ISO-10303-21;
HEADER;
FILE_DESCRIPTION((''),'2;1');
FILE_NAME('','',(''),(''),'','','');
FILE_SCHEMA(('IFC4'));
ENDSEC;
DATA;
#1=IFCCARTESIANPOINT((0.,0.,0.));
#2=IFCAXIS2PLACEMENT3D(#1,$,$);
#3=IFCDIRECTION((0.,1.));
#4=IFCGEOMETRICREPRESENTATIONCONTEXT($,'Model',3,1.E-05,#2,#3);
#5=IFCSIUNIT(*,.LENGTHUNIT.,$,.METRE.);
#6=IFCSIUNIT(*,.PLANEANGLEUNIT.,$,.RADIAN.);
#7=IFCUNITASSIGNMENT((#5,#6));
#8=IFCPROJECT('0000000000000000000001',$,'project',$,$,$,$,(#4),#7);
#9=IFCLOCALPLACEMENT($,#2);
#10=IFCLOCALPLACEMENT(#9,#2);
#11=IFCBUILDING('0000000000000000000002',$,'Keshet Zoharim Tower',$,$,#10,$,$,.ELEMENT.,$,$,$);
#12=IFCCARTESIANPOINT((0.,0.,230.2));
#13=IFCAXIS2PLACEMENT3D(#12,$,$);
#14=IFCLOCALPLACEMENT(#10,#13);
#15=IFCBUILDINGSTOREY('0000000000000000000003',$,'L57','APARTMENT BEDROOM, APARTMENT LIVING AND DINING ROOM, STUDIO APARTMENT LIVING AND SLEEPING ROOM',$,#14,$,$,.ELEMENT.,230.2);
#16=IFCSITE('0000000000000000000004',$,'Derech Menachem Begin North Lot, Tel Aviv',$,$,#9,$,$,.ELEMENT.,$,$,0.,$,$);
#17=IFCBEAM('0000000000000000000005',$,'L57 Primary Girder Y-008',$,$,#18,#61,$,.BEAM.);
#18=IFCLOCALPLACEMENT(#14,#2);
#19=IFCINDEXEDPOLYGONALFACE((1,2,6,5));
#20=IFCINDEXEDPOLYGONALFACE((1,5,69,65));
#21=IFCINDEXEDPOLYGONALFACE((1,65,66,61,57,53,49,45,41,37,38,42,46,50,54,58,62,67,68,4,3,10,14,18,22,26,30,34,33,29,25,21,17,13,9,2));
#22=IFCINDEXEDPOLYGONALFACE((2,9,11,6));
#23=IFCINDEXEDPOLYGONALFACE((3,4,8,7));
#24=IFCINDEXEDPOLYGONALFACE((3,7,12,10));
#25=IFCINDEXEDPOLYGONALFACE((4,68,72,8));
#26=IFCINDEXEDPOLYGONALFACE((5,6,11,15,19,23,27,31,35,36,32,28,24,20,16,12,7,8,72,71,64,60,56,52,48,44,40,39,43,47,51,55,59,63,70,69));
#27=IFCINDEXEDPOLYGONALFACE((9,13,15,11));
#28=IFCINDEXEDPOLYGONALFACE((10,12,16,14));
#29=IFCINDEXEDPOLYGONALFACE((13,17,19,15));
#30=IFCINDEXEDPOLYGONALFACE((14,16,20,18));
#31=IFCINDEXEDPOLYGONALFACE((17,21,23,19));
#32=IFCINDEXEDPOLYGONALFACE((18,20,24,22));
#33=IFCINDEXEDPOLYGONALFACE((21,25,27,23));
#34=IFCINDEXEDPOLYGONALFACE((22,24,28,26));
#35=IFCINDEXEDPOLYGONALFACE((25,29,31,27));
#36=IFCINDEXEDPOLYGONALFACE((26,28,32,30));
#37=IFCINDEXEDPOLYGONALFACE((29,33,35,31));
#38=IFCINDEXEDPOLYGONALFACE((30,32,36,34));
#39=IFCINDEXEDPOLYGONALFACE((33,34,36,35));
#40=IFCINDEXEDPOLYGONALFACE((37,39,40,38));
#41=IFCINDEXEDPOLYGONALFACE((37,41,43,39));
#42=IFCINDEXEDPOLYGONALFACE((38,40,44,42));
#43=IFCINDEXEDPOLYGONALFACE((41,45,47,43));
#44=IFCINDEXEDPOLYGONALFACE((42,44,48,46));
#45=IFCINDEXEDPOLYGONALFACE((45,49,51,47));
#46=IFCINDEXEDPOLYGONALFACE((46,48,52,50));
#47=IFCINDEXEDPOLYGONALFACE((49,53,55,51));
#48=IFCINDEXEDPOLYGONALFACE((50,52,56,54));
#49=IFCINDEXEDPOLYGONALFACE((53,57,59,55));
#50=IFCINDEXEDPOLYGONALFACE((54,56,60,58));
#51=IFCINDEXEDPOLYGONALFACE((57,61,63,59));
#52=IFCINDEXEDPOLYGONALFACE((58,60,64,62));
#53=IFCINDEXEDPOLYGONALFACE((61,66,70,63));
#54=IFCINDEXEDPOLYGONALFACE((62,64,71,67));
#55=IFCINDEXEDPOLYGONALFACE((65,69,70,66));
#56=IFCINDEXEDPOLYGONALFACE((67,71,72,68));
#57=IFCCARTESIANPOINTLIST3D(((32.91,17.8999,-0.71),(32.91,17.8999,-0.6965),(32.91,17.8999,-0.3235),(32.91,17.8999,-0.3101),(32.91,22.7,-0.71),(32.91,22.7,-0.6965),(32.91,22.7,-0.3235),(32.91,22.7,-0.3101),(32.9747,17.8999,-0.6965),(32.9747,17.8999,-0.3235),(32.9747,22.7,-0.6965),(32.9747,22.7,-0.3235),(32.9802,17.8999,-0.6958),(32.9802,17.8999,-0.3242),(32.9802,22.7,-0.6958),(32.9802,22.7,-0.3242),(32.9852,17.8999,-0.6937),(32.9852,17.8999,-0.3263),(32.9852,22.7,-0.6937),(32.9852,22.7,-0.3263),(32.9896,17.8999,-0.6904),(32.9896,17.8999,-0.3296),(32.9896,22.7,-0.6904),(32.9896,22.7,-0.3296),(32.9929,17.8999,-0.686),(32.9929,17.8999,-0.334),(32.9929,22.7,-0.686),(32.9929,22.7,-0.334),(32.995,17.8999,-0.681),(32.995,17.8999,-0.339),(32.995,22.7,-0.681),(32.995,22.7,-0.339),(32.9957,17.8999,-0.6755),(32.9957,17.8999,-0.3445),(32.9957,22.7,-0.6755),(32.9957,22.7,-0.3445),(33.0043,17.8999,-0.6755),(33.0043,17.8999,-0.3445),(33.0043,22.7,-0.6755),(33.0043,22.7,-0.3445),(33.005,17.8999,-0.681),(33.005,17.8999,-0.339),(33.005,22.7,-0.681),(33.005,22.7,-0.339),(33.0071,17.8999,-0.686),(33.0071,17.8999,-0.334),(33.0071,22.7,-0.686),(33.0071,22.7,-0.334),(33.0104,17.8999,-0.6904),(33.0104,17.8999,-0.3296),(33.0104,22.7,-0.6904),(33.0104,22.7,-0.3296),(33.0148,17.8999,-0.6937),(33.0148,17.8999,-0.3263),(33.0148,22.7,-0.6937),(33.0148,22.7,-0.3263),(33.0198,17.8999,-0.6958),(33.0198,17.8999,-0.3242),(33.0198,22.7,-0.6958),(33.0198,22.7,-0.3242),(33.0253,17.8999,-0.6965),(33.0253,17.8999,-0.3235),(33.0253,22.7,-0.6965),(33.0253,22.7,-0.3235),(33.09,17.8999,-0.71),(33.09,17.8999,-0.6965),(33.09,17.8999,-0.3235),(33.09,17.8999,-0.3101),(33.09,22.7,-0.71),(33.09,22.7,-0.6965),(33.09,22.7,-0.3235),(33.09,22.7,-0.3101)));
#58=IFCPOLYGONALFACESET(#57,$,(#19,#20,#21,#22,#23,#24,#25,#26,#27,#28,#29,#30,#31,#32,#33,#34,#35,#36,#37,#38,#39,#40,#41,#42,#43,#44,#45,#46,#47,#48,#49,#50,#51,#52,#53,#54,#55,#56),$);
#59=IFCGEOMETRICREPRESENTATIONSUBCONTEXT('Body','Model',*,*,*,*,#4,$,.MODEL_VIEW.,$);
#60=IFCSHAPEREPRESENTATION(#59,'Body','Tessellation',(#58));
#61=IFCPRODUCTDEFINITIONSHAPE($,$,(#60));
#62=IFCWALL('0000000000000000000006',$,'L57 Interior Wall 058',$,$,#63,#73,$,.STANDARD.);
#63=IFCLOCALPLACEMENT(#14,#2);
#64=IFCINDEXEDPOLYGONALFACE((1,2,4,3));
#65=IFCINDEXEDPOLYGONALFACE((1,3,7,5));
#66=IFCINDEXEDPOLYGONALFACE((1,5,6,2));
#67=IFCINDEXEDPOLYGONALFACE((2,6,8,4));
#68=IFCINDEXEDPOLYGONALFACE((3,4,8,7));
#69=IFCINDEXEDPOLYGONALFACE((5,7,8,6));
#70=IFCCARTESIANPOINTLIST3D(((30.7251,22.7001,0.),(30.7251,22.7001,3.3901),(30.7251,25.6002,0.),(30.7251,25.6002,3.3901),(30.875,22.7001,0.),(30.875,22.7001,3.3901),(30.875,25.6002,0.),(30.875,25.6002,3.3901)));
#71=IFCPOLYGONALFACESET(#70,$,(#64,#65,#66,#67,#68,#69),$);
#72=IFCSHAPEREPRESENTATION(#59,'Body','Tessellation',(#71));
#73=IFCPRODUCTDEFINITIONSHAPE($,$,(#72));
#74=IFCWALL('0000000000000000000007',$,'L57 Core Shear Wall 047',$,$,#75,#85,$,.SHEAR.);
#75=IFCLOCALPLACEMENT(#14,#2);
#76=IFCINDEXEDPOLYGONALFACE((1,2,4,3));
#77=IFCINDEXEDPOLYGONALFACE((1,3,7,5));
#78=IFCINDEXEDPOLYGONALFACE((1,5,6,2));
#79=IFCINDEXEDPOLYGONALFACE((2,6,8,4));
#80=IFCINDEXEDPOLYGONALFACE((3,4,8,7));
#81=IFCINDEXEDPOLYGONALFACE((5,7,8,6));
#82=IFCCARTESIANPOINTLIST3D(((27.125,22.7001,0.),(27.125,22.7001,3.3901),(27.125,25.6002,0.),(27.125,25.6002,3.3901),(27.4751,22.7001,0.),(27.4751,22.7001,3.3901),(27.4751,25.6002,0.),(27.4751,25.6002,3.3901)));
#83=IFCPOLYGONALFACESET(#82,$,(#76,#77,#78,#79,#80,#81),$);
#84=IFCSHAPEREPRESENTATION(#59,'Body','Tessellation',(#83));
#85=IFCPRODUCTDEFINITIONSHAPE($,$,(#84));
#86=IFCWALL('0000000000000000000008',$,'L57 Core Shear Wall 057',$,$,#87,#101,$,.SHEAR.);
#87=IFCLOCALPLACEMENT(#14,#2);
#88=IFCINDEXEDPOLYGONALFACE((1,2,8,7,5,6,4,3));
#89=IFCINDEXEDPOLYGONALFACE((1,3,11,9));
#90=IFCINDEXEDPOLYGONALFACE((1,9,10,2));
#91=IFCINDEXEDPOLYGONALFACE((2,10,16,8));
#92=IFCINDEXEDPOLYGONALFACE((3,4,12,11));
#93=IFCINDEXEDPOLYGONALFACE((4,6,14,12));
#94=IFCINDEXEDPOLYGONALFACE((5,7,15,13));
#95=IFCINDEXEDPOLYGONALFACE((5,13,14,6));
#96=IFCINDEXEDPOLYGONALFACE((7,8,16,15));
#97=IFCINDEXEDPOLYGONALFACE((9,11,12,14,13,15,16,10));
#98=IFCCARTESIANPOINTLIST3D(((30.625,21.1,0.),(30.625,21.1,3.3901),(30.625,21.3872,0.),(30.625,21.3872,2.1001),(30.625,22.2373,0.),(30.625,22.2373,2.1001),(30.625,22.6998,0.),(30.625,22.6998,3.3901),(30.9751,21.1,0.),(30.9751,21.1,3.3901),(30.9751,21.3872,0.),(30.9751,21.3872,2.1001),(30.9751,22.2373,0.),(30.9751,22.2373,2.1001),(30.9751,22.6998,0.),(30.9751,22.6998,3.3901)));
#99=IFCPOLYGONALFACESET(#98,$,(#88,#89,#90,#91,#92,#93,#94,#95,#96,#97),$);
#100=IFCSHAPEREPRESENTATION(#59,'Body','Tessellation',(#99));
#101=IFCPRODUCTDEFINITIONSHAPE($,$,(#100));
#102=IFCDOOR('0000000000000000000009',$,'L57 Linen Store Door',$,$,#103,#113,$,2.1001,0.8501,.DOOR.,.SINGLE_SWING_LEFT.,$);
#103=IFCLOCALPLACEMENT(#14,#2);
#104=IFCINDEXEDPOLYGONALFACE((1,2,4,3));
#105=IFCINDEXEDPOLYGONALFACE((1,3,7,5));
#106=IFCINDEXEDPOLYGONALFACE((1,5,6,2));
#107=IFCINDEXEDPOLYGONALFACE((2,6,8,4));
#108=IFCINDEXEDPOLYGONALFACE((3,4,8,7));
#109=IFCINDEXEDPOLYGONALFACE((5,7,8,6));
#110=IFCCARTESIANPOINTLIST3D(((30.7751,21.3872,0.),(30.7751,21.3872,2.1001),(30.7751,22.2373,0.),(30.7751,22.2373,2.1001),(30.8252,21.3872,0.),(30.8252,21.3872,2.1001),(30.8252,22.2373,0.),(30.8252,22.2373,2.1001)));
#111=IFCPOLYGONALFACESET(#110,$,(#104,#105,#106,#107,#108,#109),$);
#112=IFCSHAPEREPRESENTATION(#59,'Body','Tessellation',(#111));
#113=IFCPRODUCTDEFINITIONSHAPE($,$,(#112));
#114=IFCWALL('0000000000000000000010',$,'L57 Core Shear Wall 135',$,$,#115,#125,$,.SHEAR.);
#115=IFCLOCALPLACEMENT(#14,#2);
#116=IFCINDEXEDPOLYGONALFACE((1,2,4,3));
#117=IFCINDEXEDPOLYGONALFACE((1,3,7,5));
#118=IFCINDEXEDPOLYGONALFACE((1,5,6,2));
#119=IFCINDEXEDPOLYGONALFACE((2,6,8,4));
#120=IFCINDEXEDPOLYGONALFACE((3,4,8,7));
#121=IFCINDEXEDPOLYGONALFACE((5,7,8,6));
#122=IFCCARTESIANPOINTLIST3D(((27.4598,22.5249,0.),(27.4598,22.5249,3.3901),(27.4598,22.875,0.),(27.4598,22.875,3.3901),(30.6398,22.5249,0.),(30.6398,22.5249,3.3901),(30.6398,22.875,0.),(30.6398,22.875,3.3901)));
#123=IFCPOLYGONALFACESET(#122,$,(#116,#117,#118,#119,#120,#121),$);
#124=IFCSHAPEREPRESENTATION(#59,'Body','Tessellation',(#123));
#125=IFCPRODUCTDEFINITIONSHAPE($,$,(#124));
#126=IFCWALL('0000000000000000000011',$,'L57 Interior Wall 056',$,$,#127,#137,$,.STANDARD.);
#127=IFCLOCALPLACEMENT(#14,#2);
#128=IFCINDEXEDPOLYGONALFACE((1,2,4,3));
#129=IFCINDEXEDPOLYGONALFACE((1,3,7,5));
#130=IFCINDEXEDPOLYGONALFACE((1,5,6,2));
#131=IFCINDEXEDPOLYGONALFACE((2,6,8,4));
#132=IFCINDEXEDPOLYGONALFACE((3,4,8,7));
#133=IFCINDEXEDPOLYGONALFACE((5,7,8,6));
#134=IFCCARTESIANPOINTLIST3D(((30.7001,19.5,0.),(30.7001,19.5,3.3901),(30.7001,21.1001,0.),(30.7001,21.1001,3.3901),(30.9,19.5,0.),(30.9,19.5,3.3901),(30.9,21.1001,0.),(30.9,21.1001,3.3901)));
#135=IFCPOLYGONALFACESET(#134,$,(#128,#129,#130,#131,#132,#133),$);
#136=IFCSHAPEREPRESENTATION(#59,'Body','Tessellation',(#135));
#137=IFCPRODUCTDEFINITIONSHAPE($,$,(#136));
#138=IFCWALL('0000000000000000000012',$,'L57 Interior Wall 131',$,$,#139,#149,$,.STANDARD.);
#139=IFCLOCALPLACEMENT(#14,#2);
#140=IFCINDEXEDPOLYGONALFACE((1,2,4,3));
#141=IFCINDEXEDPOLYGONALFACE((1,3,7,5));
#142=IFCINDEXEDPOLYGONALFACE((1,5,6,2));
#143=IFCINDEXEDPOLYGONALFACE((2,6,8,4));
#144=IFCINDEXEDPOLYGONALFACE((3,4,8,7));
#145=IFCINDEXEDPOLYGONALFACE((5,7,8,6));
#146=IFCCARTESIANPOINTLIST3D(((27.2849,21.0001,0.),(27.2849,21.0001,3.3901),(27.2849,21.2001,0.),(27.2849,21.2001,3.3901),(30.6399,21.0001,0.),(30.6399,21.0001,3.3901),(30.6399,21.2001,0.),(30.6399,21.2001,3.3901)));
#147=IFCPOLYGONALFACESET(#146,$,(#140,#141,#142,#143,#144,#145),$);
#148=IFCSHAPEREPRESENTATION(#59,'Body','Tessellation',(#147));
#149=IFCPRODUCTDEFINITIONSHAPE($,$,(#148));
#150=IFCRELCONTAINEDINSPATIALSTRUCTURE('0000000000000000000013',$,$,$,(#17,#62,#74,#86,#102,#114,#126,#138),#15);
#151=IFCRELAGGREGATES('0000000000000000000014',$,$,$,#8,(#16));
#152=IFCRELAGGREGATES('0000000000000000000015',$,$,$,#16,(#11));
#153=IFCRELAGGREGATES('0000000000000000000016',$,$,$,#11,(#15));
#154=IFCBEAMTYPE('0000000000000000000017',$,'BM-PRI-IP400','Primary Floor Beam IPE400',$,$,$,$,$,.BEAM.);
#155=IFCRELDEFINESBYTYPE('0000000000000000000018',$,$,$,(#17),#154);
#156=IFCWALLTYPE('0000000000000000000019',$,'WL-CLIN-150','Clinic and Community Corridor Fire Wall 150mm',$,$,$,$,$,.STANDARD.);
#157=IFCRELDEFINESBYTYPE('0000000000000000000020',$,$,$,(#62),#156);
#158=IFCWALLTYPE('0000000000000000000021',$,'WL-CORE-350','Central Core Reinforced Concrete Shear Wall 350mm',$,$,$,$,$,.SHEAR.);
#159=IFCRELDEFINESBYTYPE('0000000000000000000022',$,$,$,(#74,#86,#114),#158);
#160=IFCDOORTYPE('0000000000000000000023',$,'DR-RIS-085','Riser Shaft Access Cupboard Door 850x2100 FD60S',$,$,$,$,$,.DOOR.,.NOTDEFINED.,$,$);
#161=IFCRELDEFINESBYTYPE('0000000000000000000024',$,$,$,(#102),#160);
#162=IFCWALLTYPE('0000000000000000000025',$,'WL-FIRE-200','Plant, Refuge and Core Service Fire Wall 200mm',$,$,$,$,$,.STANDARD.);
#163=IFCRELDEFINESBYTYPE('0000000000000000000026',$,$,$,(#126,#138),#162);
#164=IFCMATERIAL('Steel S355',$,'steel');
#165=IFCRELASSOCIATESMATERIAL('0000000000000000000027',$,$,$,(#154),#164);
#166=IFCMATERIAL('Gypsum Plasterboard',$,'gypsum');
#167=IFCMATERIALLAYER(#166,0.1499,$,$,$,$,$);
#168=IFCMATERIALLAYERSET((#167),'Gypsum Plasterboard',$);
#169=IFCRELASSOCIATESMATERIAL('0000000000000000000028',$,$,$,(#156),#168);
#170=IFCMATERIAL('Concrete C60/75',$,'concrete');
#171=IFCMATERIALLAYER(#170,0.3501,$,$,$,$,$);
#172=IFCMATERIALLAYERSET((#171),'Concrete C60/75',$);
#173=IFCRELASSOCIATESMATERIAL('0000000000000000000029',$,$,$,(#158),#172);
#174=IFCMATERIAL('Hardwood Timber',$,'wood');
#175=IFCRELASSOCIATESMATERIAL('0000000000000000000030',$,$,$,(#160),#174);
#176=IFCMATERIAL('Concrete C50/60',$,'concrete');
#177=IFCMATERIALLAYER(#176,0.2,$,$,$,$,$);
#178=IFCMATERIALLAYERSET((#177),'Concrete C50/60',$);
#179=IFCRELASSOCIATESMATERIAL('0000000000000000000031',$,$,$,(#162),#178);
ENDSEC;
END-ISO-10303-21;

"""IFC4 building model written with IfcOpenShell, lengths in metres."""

from ifc_helpers import new_model, si_unit, direction, frame, frame_2d, origin, origin_2d, place, context, subcontext, project, spatial, rectangle, i_section, extrude, material, layer, layer_set, material_profile, profile_set, type_object, element, fill, save


model = new_model("IFC4")

# Units and contexts
model_context = context("Model", 3, precision=1e-05, world=origin(), true_north=direction((0.0, 1.0)))
body_context = subcontext(model_context, "Body", "Model", "MODEL_VIEW")
ifc_project = project(units=[si_unit("LENGTHUNIT", "METRE"), si_unit("PLANEANGLEUNIT", "RADIAN")], contexts=[model_context])

# Site, building, storey
site_placement = place(None, origin())
site = spatial("IfcSite", under=ifc_project, at=site_placement, Name="Derech Menachem Begin North Lot, Tel Aviv", CompositionType="ELEMENT", RefElevation=0.0)
building_placement = place(site_placement, origin())
building = spatial("IfcBuilding", under=site, at=building_placement, Name="Keshet Zoharim Tower", CompositionType="ELEMENT")
storey_placement = place(building_placement, frame((0.0, 0.0, 230.2)))
storey = spatial("IfcBuildingStorey", under=building, at=storey_placement, Name="L57", Description="APARTMENT BEDROOM, APARTMENT LIVING AND DINING ROOM, STUDIO APARTMENT LIVING AND SLEEPING ROOM", CompositionType="ELEMENT", Elevation=230.2)

# Shared definitions
ifc_material_1 = material(Name="Concrete C50/60", Category="concrete")

# Beam
ifc_material_2 = material(Name="Steel S355", Category="steel")
ifc_material_profile_1 = material_profile(ifc_material_2, i_section(OverallWidth=0.1799, OverallDepth=0.3999, WebThickness=0.0085, FlangeThickness=0.0134, FilletRadius=0.021, at=origin_2d()), Name="IPE400")
ifc_profile_set_1 = profile_set([ifc_material_profile_1], Name="Steel S355")
beam_type_1 = type_object("IfcBeamType", Name="BM-PRI-IP400", Description="Primary Floor Beam IPE400", PredefinedType="BEAM", material=ifc_profile_set_1)
beam_1_placement = place(storey_placement, frame((33.0, 17.8999, -0.51), z_axis=(0.0, 1.0, 0.0), x_axis=(-1.0, 0.0, 0.0)))
element("IfcBeam", 1, at=beam_1_placement, inside=storey, type_object=beam_type_1, Name="L57 Primary Girder Y-008", PredefinedType="BEAM", context=body_context, shape_type="SweptSolid", body=[
    extrude(i_section(OverallWidth=0.1799, OverallDepth=0.3999, WebThickness=0.0085, FlangeThickness=0.0134, FilletRadius=0.021, at=origin_2d()), origin(), (0.0, 0.0, 1.0), 4.8),
])

# Wall
ifc_material_3 = material(Name="Gypsum Plasterboard", Category="gypsum")
ifc_layer_1 = layer(ifc_material_3, 0.1499)
ifc_layer_set_1 = layer_set([ifc_layer_1], Name="Gypsum Plasterboard")
wall_type_1 = type_object("IfcWallType", Name="WL-CLIN-150", Description="Clinic and Community Corridor Fire Wall 150mm", PredefinedType="STANDARD", material=ifc_layer_set_1)
wall_1_placement = place(storey_placement, frame((30.8, 22.7, 0.0), z_axis=(0.0, 0.0, 1.0), x_axis=(0.0, 1.0, 0.0)))
element("IfcWall", 2, at=wall_1_placement, inside=storey, type_object=wall_type_1, Name="L57 Interior Wall 058", PredefinedType="STANDARD", context=body_context, shape_type="SweptSolid", body=[
    extrude(rectangle(XDim=2.9001, YDim=0.1499, at=frame_2d((1.4502, 0.0))), origin(), (0.0, 0.0, 1.0), 3.3901),
])

# Shared definitions
ifc_material_4 = material(Name="Hardwood Timber", Category="wood")

# Wall
ifc_material_5 = material(Name="Concrete C60/75", Category="concrete")
ifc_layer_2 = layer(ifc_material_5, 0.3501)
ifc_layer_set_2 = layer_set([ifc_layer_2], Name="Concrete C60/75")
wall_type_2 = type_object("IfcWallType", Name="WL-CORE-350", Description="Central Core Reinforced Concrete Shear Wall 350mm", PredefinedType="SHEAR", material=ifc_layer_set_2)
wall_2_placement = place(storey_placement, frame((27.3, 22.7, 0.0), z_axis=(0.0, 0.0, 1.0), x_axis=(0.0, 1.0, 0.0)))
element("IfcWall", 3, at=wall_2_placement, inside=storey, type_object=wall_type_2, Name="L57 Core Shear Wall 047", PredefinedType="SHEAR", context=body_context, shape_type="SweptSolid", body=[
    extrude(rectangle(XDim=2.9001, YDim=0.3501, at=frame_2d((1.4502, 0.0))), origin(), (0.0, 0.0, 1.0), 3.3901),
])

# Wall, opening, door
wall_3_placement = place(storey_placement, frame((30.8, 21.1001, 0.0), z_axis=(0.0, 0.0, 1.0), x_axis=(0.0, 1.0, 0.0)))
wall_3 = element("IfcWall", 4, at=wall_3_placement, inside=storey, type_object=wall_type_2, Name="L57 Core Shear Wall 057", PredefinedType="SHEAR", context=body_context, shape_type="SweptSolid", body=[
    extrude(rectangle(XDim=1.5999, YDim=0.3501, at=frame_2d((0.7998, 0.0))), origin(), (0.0, 0.0, 1.0), 3.3901),
])
opening_1_placement = place(wall_3_placement, frame((0.2871, 0.0, 0.0)))
opening_1 = element("IfcOpeningElement", 5, at=opening_1_placement, cuts=wall_3, PredefinedType="OPENING", context=body_context, shape_type="SweptSolid", body=[
    extrude(rectangle(XDim=0.8501, YDim=2.1001, at=frame_2d((0.425, 1.05))), frame((0.0, 0.1851, 0.0), z_axis=(0.0, -1.0, 0.0), x_axis=(1.0, 0.0, 0.0)), (0.0, 0.0, 1.0), 0.3701),
])
door_type_1 = type_object("IfcDoorType", Name="DR-RIS-085", Description="Riser Shaft Access Cupboard Door 850x2100 FD60S", OperationType="NOTDEFINED", PredefinedType="DOOR", material=ifc_material_4)
door_1_placement = place(opening_1_placement, origin())
door_1 = element("IfcDoor", 6, at=door_1_placement, inside=storey, type_object=door_type_1, Name="L57 Linen Store Door", OperationType="SINGLE_SWING_LEFT", OverallHeight=2.1001, OverallWidth=0.8501, PredefinedType="DOOR", context=body_context, shape_type="SweptSolid", body=[
    extrude(rectangle(XDim=0.8501, YDim=2.1001, at=frame_2d((0.425, 1.05))), frame((0.0, 0.0249, 0.0), z_axis=(0.0, -1.0, 0.0), x_axis=(1.0, 0.0, 0.0)), (0.0, 0.0, 1.0), 0.05),
])
fill(opening_1, door_1)

# Wall
wall_4_placement = place(storey_placement, frame((27.46, 22.7, 0.0), z_axis=(0.0, 0.0, 1.0), x_axis=(1.0, 0.0, 0.0)))
element("IfcWall", 7, at=wall_4_placement, inside=storey, type_object=wall_type_2, Name="L57 Core Shear Wall 135", PredefinedType="SHEAR", context=body_context, shape_type="SweptSolid", body=[
    extrude(rectangle(XDim=3.1799, YDim=0.3501, at=frame_2d((1.5898, 0.0))), origin(), (0.0, 0.0, 1.0), 3.3901),
])

# Wall
ifc_layer_3 = layer(ifc_material_1, 0.2)
ifc_layer_set_3 = layer_set([ifc_layer_3], Name="Concrete C50/60")
wall_type_3 = type_object("IfcWallType", Name="WL-FIRE-200", Description="Plant, Refuge and Core Service Fire Wall 200mm", PredefinedType="STANDARD", material=ifc_layer_set_3)
wall_5_placement = place(storey_placement, frame((30.8, 19.5, 0.0), z_axis=(0.0, 0.0, 1.0), x_axis=(0.0, 1.0, 0.0)))
element("IfcWall", 8, at=wall_5_placement, inside=storey, type_object=wall_type_3, Name="L57 Interior Wall 056", PredefinedType="STANDARD", context=body_context, shape_type="SweptSolid", body=[
    extrude(rectangle(XDim=1.6001, YDim=0.2, at=frame_2d((0.8, 0.0))), origin(), (0.0, 0.0, 1.0), 3.3901),
])

# Wall
wall_6_placement = place(storey_placement, frame((27.2849, 21.1001, 0.0), z_axis=(0.0, 0.0, 1.0), x_axis=(1.0, 0.0, 0.0)))
element("IfcWall", 9, at=wall_6_placement, inside=storey, type_object=wall_type_3, Name="L57 Interior Wall 131", PredefinedType="STANDARD", context=body_context, shape_type="SweptSolid", body=[
    extrude(rectangle(XDim=3.355, YDim=0.2, at=frame_2d((1.6775, 0.0))), origin(), (0.0, 0.0, 1.0), 3.3901),
])

save(model, "model.ifc")
